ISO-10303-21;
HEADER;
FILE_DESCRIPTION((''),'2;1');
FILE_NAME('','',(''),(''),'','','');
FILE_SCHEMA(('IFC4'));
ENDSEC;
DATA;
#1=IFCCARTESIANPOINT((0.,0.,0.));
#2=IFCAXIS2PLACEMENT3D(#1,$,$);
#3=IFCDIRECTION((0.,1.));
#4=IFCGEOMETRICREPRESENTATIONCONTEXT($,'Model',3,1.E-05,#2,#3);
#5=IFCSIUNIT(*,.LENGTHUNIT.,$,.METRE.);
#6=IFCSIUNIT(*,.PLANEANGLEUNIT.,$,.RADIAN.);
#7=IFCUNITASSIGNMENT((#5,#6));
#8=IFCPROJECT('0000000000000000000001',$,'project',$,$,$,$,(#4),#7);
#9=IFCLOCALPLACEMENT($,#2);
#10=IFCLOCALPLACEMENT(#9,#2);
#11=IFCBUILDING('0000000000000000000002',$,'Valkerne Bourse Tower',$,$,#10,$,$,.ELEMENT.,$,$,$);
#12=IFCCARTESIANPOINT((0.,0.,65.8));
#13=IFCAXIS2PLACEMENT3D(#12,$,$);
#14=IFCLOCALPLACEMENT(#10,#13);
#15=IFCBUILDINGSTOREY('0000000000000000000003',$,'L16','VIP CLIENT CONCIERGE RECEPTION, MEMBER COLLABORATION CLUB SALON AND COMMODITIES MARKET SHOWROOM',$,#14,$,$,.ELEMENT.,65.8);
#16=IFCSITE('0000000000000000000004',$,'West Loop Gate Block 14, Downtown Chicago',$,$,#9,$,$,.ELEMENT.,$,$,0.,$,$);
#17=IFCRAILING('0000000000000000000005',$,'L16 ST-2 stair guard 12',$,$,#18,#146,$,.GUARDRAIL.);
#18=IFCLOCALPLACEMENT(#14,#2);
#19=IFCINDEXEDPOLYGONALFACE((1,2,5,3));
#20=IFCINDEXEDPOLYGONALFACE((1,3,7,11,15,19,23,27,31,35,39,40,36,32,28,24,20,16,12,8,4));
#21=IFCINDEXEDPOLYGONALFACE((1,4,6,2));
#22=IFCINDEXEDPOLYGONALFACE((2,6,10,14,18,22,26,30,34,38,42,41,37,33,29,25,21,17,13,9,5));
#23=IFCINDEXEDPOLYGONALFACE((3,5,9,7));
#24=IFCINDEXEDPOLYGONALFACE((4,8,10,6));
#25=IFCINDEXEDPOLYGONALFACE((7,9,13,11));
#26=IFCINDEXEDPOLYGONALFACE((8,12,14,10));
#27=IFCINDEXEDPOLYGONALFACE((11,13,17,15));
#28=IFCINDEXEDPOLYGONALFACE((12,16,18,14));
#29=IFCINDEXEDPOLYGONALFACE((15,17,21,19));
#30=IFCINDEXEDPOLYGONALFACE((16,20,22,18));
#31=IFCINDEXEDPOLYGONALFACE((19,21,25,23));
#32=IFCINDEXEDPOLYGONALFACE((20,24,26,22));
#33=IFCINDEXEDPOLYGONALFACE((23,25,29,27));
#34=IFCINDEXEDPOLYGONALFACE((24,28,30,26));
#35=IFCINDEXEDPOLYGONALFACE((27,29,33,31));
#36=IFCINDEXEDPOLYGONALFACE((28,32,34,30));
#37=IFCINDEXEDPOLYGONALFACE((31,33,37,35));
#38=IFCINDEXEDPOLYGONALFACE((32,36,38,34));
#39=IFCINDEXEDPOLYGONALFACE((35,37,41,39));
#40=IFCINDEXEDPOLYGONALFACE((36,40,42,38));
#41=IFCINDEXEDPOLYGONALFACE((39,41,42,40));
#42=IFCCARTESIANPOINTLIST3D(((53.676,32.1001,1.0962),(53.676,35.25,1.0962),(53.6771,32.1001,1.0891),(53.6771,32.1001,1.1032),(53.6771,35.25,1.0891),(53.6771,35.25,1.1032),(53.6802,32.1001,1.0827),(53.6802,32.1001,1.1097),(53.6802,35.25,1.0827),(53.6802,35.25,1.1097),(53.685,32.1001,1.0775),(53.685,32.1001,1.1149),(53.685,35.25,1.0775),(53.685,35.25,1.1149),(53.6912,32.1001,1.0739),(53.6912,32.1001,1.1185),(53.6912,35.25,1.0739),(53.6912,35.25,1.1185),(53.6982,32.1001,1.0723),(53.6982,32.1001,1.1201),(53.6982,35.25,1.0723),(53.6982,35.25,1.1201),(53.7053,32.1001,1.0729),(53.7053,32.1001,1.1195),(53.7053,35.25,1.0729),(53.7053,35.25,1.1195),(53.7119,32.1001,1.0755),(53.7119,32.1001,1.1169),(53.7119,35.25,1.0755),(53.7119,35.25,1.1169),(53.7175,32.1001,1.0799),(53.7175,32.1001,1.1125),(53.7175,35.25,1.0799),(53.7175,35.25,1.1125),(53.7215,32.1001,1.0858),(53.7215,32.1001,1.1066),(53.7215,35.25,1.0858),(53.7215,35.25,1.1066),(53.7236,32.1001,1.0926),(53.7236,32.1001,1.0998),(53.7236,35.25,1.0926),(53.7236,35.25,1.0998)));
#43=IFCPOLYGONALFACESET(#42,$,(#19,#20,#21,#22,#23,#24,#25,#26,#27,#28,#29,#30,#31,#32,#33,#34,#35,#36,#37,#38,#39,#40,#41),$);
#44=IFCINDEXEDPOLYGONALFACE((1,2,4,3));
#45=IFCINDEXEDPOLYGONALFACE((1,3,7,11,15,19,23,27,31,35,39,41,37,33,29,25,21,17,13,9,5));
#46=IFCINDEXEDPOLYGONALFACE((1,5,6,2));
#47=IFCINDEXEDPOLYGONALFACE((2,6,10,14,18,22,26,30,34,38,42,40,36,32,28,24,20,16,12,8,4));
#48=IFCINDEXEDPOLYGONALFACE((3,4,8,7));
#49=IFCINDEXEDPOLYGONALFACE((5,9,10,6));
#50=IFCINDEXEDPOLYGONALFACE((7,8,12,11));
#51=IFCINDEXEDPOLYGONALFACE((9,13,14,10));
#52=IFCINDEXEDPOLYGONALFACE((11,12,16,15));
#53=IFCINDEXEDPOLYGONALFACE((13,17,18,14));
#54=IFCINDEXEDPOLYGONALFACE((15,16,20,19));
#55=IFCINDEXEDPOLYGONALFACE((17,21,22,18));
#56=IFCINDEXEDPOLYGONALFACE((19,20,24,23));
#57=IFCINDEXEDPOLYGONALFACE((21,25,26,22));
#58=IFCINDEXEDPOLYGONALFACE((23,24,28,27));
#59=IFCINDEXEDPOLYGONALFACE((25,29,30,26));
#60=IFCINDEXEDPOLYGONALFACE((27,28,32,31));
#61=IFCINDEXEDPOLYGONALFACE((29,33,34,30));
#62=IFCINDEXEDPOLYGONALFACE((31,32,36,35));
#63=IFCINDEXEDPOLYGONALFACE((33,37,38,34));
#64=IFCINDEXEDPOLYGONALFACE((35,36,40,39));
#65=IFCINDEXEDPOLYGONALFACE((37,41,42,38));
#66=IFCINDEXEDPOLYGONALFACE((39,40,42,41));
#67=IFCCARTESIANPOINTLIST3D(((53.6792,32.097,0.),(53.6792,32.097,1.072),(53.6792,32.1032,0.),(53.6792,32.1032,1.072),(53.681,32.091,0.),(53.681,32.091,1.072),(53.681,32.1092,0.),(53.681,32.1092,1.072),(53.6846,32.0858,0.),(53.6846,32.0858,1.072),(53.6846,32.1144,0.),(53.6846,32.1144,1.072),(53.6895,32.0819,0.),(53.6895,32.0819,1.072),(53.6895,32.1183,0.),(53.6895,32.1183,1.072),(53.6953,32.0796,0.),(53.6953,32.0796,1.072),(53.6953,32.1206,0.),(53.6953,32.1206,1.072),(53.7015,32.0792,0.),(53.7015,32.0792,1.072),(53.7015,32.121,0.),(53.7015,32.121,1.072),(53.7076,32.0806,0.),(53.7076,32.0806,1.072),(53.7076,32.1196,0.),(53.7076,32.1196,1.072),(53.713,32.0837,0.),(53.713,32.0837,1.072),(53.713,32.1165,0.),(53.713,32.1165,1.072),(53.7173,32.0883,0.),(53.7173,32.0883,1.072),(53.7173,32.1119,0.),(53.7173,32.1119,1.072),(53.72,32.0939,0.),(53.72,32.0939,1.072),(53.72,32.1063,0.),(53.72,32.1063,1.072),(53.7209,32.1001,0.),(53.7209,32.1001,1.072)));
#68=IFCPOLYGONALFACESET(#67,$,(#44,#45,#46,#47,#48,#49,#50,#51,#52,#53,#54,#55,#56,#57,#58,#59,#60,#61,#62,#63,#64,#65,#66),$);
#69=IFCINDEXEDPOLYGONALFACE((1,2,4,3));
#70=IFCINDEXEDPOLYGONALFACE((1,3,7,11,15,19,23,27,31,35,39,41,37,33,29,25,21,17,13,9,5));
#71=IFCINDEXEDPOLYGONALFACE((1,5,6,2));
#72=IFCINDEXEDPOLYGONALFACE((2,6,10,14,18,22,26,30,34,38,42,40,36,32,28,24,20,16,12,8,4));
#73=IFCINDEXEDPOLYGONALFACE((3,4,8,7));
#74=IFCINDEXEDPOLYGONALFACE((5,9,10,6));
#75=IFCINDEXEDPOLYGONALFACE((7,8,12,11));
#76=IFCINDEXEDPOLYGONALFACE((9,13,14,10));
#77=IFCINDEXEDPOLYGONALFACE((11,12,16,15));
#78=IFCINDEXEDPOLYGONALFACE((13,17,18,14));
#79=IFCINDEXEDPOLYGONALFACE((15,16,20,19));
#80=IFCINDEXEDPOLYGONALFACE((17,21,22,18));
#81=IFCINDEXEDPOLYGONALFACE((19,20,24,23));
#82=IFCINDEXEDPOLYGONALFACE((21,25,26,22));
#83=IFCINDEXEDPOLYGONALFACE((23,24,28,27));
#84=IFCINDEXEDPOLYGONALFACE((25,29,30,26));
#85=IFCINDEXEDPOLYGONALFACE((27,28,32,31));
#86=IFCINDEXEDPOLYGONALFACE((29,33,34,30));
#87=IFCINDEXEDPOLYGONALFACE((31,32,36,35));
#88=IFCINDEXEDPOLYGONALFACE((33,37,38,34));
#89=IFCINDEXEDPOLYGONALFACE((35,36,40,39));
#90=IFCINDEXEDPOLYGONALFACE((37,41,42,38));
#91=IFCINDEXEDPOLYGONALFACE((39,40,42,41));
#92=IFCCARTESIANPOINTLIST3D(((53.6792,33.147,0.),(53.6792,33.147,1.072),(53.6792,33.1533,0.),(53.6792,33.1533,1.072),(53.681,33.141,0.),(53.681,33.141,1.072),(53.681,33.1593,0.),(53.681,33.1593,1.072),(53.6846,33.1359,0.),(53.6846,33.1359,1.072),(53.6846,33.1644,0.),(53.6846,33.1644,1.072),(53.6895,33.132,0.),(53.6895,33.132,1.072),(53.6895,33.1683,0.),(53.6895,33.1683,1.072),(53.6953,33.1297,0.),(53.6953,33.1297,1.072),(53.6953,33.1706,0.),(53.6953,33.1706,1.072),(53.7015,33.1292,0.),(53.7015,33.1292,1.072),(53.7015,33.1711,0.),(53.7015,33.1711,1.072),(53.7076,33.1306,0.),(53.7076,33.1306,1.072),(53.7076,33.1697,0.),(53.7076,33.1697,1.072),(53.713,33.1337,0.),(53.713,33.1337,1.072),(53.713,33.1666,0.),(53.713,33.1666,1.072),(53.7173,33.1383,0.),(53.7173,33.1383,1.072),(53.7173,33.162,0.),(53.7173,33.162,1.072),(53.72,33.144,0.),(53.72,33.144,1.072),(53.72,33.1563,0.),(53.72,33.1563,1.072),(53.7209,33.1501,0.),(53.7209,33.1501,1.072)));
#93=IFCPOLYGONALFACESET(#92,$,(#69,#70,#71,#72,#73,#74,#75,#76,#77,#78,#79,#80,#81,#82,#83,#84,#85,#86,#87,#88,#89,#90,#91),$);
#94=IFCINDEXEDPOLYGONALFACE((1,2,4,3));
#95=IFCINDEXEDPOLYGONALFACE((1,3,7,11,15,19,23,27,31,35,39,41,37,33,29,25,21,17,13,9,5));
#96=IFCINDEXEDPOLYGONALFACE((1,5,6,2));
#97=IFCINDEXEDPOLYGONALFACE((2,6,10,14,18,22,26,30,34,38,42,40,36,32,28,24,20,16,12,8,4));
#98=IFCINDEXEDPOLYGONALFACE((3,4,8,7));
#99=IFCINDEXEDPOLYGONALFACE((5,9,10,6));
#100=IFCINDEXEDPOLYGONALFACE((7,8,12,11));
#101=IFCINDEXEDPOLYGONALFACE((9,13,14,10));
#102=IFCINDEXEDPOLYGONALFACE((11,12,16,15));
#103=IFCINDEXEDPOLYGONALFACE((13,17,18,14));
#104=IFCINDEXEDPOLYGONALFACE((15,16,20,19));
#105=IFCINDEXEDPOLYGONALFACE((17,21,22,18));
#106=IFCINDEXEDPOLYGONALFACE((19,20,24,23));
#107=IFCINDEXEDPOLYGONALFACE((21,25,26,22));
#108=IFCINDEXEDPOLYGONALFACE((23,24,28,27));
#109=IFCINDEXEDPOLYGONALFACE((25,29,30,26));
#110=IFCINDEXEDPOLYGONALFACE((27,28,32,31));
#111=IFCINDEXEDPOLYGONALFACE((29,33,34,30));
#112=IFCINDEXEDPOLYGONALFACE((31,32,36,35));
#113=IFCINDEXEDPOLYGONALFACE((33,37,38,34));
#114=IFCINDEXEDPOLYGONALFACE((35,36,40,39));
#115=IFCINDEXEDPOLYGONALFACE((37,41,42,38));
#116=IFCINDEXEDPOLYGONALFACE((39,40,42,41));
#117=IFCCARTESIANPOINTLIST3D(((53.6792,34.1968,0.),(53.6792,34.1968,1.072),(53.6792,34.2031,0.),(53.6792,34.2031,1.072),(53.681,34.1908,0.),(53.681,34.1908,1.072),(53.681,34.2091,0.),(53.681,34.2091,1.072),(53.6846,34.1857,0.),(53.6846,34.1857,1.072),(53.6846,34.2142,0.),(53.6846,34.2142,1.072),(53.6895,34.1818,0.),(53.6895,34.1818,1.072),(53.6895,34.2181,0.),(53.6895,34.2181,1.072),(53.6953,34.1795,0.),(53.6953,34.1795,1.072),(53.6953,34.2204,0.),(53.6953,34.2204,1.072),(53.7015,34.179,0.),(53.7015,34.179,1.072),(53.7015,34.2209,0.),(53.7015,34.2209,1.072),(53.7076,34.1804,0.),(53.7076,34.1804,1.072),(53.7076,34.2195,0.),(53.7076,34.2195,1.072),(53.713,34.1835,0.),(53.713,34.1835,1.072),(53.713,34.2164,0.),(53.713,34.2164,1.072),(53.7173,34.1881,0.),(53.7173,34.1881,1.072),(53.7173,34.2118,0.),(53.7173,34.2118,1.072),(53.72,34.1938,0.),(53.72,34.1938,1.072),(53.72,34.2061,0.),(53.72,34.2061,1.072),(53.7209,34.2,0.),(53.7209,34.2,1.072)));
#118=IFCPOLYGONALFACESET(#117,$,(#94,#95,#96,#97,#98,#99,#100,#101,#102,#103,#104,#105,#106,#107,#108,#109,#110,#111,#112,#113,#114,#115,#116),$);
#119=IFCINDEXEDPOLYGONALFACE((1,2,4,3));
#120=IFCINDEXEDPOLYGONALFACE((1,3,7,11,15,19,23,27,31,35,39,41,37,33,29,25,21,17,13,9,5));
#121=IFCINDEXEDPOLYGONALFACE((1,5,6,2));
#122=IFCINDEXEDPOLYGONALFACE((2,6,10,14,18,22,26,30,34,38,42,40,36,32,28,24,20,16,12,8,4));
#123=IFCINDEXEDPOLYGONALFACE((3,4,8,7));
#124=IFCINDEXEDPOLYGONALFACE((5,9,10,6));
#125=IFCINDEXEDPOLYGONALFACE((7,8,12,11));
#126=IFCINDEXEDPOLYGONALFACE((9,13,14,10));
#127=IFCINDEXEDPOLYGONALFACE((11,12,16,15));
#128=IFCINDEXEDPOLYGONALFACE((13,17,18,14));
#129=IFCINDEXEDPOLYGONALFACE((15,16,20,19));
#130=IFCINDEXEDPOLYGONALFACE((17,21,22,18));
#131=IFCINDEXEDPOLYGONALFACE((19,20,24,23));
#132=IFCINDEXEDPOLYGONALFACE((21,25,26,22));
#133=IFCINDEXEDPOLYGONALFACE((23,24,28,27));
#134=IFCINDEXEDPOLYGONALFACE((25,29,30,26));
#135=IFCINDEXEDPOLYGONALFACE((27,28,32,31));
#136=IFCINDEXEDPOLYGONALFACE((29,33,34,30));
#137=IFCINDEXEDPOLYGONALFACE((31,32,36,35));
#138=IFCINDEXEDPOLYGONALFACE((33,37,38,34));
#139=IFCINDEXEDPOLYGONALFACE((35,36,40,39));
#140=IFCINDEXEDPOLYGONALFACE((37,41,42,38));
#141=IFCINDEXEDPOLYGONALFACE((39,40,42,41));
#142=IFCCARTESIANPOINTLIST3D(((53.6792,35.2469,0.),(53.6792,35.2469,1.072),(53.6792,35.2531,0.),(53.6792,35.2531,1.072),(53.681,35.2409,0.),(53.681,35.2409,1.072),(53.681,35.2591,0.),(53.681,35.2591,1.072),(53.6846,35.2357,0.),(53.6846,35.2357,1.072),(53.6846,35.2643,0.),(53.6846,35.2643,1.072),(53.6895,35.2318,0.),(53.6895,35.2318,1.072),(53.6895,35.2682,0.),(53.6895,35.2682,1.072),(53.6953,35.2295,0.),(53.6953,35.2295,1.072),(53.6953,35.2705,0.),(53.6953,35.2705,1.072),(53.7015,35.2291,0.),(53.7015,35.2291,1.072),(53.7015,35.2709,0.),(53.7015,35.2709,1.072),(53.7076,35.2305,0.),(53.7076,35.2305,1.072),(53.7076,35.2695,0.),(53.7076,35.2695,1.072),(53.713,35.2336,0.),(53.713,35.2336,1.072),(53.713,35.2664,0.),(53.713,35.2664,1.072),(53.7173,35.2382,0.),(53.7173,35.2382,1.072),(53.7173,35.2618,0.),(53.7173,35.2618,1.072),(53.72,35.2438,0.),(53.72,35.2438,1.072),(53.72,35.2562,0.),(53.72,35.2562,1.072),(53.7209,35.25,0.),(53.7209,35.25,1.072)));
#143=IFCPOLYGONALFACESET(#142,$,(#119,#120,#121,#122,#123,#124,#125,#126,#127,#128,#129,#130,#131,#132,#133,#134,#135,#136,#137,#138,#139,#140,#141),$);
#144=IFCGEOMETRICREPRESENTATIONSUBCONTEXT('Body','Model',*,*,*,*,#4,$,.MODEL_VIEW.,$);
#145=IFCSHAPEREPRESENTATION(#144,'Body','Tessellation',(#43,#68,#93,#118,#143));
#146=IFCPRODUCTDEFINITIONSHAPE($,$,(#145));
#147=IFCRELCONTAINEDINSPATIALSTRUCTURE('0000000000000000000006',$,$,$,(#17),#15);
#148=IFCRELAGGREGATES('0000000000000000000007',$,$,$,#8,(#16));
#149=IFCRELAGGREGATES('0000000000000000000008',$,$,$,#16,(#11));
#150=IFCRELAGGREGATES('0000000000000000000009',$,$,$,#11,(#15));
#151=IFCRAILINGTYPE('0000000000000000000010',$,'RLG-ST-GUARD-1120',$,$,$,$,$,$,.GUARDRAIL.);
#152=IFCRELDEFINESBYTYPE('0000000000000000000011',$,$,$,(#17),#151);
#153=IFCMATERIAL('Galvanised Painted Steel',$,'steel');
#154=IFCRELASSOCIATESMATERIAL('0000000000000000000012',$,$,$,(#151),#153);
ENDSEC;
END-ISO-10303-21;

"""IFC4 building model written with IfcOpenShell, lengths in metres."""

from ifc_helpers import new_model, si_unit, direction, frame, origin, origin_2d, place, context, subcontext, project, spatial, circle, extrude, material, type_object, element, save


model = new_model("IFC4")

# Units and contexts
model_context = context("Model", 3, precision=1e-05, world=origin(), true_north=direction((0.0, 1.0)))
body_context = subcontext(model_context, "Body", "Model", "MODEL_VIEW")
ifc_project = project(units=[si_unit("LENGTHUNIT", "METRE"), si_unit("PLANEANGLEUNIT", "RADIAN")], contexts=[model_context])

# Site, building, storey
site_placement = place(None, origin())
site = spatial("IfcSite", under=ifc_project, at=site_placement, Name="West Loop Gate Block 14, Downtown Chicago", CompositionType="ELEMENT", RefElevation=0.0)
building_placement = place(site_placement, origin())
building = spatial("IfcBuilding", under=site, at=building_placement, Name="Valkerne Bourse Tower", CompositionType="ELEMENT")
storey_placement = place(building_placement, frame((0.0, 0.0, 65.8)))
storey = spatial("IfcBuildingStorey", under=building, at=storey_placement, Name="L16", Description="VIP CLIENT CONCIERGE RECEPTION, MEMBER COLLABORATION CLUB SALON AND COMMODITIES MARKET SHOWROOM", CompositionType="ELEMENT", Elevation=65.8)

# Railing
ifc_material_1 = material(Name="Galvanised Painted Steel", Category="steel")
railing_type_1 = type_object("IfcRailingType", Name="RLG-ST-GUARD-1120", PredefinedType="GUARDRAIL", material=ifc_material_1)
railing_1_placement = place(storey_placement, frame((53.7, 32.1001, 0.0)))
element("IfcRailing", 1, at=railing_1_placement, inside=storey, type_object=railing_type_1, Name="L16 ST-2 stair guard 12", PredefinedType="GUARDRAIL", context=body_context, shape_type="SweptSolid", body=[
    extrude(circle(Radius=0.0239, at=origin_2d()), frame((0.0, 0.0, 1.0962), z_axis=(0.0, 1.0, 0.0), x_axis=(-1.0, 0.0, 0.0)), (0.0, 0.0, 1.0), 3.1499),
    extrude(circle(Radius=0.021, at=origin_2d()), origin(), (0.0, 0.0, 1.0), 1.072),
    extrude(circle(Radius=0.021, at=origin_2d()), frame((0.0, 1.05, 0.0)), (0.0, 0.0, 1.0), 1.072),
    extrude(circle(Radius=0.021, at=origin_2d()), frame((0.0, 2.0999, 0.0)), (0.0, 0.0, 1.0), 1.072),
    extrude(circle(Radius=0.021, at=origin_2d()), frame((0.0, 3.1499, 0.0)), (0.0, 0.0, 1.0), 1.072),
])

save(model, "model.ifc")
